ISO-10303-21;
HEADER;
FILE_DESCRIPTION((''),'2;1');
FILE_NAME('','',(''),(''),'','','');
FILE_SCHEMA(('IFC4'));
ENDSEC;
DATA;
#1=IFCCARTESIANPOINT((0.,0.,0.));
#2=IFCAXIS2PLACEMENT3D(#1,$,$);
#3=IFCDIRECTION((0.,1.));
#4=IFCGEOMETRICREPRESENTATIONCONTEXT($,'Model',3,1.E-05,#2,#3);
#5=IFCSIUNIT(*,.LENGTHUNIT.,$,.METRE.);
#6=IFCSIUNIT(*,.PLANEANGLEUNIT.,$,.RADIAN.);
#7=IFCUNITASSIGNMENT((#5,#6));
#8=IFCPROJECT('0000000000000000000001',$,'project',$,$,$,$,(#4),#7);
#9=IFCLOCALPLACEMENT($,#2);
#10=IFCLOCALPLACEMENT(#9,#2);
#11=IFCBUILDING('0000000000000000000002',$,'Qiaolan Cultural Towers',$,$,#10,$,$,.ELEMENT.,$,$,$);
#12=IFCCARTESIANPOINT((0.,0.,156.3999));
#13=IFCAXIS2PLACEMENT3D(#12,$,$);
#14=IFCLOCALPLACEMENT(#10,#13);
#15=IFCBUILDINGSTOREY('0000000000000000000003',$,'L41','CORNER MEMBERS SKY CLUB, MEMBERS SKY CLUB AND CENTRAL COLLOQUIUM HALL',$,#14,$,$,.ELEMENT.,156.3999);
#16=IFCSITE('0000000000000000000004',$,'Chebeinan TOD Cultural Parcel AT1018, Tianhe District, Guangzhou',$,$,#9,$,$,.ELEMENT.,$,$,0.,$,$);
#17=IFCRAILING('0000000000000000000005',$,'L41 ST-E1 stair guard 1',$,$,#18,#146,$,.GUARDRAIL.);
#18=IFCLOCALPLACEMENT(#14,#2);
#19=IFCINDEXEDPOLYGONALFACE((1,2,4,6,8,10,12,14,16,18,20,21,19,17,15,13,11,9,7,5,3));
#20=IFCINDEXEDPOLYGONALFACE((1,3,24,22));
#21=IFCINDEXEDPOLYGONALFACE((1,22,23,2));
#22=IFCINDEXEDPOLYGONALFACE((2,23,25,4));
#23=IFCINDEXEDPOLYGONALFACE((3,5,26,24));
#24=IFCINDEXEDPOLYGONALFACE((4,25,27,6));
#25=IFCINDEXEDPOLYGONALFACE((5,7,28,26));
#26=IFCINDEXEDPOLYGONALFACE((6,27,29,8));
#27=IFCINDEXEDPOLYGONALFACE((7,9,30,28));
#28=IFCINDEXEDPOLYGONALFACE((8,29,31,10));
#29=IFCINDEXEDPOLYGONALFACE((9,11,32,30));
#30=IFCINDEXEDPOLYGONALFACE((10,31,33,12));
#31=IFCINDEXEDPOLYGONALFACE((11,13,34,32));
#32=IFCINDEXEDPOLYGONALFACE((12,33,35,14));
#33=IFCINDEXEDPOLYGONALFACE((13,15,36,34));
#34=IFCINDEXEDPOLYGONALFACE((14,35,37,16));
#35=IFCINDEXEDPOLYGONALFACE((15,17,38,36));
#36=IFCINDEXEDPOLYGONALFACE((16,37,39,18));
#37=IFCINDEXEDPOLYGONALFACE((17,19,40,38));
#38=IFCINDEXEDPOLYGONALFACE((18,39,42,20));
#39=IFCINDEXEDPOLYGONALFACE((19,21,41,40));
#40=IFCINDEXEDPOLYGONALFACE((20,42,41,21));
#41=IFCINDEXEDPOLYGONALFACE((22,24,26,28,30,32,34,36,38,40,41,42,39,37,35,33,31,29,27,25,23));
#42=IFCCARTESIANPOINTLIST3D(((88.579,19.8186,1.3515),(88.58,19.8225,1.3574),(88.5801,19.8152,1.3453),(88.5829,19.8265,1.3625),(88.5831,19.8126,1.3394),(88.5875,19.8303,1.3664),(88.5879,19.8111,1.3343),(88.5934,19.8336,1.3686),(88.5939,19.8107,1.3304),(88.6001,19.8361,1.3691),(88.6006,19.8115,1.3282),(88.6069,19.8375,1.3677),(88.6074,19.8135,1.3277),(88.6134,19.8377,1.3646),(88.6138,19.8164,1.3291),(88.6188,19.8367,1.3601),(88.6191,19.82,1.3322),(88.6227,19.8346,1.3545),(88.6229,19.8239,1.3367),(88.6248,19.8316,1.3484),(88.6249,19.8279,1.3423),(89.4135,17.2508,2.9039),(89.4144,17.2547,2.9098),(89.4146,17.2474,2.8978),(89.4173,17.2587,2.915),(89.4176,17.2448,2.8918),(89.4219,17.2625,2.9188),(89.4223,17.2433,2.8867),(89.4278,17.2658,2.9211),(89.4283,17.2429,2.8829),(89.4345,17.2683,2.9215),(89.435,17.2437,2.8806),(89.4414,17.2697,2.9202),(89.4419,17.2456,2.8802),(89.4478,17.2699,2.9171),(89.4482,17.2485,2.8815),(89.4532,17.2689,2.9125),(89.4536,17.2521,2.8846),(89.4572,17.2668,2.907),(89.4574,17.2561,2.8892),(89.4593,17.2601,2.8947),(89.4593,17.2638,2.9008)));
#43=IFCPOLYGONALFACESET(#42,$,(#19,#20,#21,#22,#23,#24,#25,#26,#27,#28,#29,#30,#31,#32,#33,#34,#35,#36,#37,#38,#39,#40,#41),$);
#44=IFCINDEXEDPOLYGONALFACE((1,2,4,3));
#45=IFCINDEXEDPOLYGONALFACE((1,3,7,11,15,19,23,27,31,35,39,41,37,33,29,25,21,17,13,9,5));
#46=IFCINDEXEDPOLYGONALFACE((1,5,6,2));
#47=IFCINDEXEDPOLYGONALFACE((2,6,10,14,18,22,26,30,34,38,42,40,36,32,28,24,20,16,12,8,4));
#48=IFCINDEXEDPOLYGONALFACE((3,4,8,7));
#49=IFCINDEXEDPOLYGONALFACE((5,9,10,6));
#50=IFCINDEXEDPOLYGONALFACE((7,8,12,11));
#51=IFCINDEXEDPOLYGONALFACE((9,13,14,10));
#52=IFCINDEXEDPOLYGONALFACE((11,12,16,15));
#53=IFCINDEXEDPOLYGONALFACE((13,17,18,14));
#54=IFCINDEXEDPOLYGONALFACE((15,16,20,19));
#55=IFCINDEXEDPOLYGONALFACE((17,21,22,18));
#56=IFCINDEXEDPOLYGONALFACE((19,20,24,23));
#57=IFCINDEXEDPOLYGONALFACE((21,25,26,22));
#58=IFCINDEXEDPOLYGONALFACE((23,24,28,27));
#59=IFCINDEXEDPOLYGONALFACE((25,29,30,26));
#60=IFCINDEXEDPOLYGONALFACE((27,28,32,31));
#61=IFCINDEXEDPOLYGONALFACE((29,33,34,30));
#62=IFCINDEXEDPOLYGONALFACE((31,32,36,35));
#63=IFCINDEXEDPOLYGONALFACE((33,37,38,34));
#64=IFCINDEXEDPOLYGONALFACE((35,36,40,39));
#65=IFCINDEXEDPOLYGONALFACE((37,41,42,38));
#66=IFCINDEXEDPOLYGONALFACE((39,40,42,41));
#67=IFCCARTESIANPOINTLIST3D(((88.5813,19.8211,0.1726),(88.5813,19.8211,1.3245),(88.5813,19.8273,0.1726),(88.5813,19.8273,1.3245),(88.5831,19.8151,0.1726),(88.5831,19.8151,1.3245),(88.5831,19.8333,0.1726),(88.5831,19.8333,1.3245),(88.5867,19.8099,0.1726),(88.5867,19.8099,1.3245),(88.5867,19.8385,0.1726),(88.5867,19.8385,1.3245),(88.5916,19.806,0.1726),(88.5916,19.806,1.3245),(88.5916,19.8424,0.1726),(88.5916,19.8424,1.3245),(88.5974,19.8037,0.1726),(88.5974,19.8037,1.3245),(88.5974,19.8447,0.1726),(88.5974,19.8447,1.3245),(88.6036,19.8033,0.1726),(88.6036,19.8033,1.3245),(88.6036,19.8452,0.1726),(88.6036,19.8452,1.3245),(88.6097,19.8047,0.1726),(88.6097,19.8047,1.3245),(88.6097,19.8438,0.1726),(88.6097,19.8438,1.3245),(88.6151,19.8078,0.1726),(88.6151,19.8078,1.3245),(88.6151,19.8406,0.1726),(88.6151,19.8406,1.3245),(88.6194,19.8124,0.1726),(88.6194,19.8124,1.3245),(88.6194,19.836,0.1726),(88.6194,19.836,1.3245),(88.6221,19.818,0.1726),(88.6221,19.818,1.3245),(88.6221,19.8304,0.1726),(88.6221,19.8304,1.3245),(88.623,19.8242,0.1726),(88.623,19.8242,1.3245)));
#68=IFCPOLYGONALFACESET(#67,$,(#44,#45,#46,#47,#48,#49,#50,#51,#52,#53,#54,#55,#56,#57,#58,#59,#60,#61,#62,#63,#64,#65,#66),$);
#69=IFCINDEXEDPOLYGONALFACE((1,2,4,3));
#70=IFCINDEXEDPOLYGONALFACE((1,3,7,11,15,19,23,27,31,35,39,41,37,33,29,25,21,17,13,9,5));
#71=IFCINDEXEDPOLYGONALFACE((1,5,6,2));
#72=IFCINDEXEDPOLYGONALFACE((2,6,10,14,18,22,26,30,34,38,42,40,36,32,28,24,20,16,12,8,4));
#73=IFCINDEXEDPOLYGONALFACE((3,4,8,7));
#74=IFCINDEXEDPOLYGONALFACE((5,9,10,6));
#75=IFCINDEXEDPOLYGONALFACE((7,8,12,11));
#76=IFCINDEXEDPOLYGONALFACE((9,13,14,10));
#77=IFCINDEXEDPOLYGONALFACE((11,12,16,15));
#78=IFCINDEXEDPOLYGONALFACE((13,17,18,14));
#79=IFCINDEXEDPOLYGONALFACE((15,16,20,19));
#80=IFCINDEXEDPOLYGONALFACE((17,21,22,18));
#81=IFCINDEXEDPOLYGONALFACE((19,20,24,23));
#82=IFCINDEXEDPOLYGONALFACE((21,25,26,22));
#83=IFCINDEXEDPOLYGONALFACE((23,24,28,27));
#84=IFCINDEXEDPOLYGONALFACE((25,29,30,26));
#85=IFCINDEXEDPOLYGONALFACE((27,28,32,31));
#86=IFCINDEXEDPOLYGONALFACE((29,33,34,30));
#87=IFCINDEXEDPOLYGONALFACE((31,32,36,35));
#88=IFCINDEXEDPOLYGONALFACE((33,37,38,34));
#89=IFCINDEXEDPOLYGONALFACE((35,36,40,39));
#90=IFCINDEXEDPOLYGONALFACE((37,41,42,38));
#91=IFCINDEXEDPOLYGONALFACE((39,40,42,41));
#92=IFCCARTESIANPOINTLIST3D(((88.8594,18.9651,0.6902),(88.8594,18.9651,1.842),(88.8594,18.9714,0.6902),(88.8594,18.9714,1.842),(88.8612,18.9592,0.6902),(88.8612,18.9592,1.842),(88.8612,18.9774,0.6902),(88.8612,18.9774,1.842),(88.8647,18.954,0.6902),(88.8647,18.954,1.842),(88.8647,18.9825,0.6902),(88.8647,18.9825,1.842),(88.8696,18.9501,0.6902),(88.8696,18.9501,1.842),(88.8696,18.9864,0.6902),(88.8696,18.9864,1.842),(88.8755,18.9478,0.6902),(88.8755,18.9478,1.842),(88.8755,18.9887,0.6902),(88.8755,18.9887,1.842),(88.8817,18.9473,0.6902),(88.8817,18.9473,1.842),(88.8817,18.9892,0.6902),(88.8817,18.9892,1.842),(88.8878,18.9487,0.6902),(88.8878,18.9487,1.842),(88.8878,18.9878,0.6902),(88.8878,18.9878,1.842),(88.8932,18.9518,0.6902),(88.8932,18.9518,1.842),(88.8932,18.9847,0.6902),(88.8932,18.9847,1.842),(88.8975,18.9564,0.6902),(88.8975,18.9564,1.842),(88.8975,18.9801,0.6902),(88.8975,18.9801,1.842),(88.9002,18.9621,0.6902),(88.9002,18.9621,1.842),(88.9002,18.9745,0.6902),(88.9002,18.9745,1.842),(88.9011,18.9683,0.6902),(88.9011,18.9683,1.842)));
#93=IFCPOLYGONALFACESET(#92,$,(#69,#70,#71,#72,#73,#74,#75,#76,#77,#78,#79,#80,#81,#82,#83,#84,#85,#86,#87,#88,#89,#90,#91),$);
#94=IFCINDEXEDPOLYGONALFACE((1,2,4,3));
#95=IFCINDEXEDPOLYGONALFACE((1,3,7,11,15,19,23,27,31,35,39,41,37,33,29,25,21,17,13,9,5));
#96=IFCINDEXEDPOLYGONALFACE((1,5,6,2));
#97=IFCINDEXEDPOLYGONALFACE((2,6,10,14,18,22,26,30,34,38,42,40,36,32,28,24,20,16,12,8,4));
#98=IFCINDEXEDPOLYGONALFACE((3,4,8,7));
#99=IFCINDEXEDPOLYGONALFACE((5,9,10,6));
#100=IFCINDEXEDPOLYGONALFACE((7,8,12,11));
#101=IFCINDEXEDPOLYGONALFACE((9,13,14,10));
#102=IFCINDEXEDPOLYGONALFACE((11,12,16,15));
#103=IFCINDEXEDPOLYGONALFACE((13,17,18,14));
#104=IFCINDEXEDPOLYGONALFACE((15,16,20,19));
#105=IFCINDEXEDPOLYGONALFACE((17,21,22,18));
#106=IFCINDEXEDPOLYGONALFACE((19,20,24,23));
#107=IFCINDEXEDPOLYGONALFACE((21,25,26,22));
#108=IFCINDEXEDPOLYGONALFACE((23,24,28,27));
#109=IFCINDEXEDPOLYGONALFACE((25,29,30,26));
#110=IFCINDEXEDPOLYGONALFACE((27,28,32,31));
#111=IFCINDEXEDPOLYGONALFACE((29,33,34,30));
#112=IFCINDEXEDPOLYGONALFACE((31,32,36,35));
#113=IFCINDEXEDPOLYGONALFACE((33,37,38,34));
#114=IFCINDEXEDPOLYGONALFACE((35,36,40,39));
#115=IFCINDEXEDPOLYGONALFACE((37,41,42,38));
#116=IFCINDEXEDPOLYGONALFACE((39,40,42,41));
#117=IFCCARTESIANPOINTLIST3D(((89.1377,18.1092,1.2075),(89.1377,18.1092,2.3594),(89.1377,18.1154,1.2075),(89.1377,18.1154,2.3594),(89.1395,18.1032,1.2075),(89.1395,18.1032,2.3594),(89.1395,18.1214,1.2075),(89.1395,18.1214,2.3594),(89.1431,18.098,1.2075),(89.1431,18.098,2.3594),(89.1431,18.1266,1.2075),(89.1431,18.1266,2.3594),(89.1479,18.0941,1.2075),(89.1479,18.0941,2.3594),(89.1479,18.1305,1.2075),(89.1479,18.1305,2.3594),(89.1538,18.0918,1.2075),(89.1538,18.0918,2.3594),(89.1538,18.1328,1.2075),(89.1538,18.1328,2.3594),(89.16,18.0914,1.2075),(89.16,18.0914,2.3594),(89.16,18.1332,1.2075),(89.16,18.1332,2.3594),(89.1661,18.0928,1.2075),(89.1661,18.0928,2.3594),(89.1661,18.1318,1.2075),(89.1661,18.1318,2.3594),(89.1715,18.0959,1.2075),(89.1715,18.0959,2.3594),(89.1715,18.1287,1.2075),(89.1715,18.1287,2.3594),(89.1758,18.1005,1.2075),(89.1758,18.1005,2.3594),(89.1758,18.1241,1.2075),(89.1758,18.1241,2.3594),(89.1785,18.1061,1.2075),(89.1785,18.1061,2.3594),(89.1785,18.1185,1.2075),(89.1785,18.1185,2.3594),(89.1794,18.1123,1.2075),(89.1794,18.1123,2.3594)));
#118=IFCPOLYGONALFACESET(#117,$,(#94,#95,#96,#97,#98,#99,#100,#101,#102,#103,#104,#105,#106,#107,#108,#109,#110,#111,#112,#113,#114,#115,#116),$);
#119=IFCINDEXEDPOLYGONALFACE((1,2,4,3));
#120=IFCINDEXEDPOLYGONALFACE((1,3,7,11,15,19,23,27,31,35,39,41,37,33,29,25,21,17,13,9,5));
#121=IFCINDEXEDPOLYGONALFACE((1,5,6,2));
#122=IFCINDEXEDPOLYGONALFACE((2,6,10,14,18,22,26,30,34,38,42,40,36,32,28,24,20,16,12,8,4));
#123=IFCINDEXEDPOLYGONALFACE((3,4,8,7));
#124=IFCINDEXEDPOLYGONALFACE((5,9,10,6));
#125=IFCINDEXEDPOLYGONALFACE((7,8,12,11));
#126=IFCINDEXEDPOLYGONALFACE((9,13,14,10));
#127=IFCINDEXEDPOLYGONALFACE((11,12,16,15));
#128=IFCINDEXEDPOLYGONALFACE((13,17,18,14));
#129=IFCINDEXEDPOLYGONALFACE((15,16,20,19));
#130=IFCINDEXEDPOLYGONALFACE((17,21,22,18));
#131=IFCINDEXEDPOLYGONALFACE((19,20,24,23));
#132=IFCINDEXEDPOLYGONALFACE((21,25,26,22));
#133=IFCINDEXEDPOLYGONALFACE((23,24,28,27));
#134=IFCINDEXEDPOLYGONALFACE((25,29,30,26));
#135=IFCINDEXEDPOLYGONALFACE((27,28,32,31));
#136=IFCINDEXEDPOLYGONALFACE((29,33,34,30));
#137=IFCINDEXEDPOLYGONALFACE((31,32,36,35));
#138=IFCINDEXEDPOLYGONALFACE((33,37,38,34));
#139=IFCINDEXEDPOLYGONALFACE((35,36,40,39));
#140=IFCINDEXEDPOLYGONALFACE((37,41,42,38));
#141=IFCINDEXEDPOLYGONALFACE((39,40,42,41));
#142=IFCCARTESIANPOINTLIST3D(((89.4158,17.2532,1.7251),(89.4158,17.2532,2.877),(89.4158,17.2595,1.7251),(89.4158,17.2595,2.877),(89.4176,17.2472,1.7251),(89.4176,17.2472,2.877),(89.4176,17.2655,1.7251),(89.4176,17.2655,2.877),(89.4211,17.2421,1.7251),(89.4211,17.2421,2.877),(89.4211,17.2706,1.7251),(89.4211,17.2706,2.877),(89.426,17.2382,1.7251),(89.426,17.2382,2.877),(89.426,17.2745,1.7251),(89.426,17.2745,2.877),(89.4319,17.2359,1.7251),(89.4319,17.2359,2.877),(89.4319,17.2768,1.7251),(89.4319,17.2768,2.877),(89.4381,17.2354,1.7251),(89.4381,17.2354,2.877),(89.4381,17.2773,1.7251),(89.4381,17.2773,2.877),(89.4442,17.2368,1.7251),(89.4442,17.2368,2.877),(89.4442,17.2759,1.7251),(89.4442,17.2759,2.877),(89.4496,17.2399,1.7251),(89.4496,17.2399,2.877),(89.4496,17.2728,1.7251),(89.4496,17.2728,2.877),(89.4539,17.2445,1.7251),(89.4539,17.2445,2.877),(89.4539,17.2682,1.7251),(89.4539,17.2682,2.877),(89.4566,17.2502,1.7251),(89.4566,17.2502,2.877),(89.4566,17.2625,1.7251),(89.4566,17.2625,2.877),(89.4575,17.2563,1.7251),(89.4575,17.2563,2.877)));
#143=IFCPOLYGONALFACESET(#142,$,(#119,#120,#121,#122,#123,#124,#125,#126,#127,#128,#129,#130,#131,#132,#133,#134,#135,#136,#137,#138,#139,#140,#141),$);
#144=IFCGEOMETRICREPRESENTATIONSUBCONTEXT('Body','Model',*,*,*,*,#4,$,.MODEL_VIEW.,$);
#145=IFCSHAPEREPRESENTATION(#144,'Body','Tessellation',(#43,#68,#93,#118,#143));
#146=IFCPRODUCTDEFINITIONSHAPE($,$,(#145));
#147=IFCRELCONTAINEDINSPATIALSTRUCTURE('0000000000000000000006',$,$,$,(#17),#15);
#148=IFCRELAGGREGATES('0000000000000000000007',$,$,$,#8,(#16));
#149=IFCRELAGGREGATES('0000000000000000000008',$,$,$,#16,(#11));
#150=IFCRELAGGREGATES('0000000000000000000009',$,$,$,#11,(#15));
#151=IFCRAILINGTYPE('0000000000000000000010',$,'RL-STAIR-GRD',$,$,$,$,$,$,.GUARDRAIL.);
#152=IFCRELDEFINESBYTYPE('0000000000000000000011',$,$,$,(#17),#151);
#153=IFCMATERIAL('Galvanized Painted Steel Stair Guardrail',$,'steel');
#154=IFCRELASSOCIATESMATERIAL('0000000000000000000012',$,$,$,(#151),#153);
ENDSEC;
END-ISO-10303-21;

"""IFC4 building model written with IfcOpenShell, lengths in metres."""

from ifc_helpers import new_model, si_unit, direction, frame, origin, origin_2d, place, context, subcontext, project, spatial, circle, extrude, material, type_object, element, save


model = new_model("IFC4")

# Units and contexts
model_context = context("Model", 3, precision=1e-05, world=origin(), true_north=direction((0.0, 1.0)))
body_context = subcontext(model_context, "Body", "Model", "MODEL_VIEW")
ifc_project = project(units=[si_unit("LENGTHUNIT", "METRE"), si_unit("PLANEANGLEUNIT", "RADIAN")], contexts=[model_context])

# Site, building, storey
site_placement = place(None, origin())
site = spatial("IfcSite", under=ifc_project, at=site_placement, Name="Chebeinan TOD Cultural Parcel AT1018, Tianhe District, Guangzhou", CompositionType="ELEMENT", RefElevation=0.0)
building_placement = place(site_placement, origin())
building = spatial("IfcBuilding", under=site, at=building_placement, Name="Qiaolan Cultural Towers", CompositionType="ELEMENT")
storey_placement = place(building_placement, frame((0.0, 0.0, 156.3999)))
storey = spatial("IfcBuildingStorey", under=building, at=storey_placement, Name="L41", Description="CORNER MEMBERS SKY CLUB, MEMBERS SKY CLUB AND CENTRAL COLLOQUIUM HALL", CompositionType="ELEMENT", Elevation=156.3999)

# Railing
ifc_material_1 = material(Name="Galvanized Painted Steel Stair Guardrail", Category="steel")
railing_type_1 = type_object("IfcRailingType", Name="RL-STAIR-GRD", PredefinedType="GUARDRAIL", material=ifc_material_1)
railing_1_placement = place(storey_placement, frame((88.6021, 19.8242, 0.1726)))
element("IfcRailing", 1, at=railing_1_placement, inside=storey, type_object=railing_type_1, Name="L41 ST-E1 stair guard 1", PredefinedType="GUARDRAIL", context=body_context, shape_type="SweptSolid", body=[
    extrude(circle(Radius=0.0239, at=origin_2d()), frame((0.0, 0.0, 1.1758), z_axis=(0.267926, -0.824471, 0.498461), x_axis=(0.951043, 0.309057, 0.0)), (0.0, 0.0, 1.0), 3.1145),
    extrude(circle(Radius=0.021, at=origin_2d()), origin(), (0.0, 0.0, 1.0), 1.1519),
    extrude(circle(Radius=0.021, at=origin_2d()), frame((0.2781, -0.856, 0.5176)), (0.0, 0.0, 1.0), 1.1519),
    extrude(circle(Radius=0.021, at=origin_2d()), frame((0.5564, -1.7119, 1.0349)), (0.0, 0.0, 1.0), 1.1519),
    extrude(circle(Radius=0.021, at=origin_2d()), frame((0.8345, -2.5679, 1.5525)), (0.0, 0.0, 1.0), 1.1519),
])

save(model, "model.ifc")
